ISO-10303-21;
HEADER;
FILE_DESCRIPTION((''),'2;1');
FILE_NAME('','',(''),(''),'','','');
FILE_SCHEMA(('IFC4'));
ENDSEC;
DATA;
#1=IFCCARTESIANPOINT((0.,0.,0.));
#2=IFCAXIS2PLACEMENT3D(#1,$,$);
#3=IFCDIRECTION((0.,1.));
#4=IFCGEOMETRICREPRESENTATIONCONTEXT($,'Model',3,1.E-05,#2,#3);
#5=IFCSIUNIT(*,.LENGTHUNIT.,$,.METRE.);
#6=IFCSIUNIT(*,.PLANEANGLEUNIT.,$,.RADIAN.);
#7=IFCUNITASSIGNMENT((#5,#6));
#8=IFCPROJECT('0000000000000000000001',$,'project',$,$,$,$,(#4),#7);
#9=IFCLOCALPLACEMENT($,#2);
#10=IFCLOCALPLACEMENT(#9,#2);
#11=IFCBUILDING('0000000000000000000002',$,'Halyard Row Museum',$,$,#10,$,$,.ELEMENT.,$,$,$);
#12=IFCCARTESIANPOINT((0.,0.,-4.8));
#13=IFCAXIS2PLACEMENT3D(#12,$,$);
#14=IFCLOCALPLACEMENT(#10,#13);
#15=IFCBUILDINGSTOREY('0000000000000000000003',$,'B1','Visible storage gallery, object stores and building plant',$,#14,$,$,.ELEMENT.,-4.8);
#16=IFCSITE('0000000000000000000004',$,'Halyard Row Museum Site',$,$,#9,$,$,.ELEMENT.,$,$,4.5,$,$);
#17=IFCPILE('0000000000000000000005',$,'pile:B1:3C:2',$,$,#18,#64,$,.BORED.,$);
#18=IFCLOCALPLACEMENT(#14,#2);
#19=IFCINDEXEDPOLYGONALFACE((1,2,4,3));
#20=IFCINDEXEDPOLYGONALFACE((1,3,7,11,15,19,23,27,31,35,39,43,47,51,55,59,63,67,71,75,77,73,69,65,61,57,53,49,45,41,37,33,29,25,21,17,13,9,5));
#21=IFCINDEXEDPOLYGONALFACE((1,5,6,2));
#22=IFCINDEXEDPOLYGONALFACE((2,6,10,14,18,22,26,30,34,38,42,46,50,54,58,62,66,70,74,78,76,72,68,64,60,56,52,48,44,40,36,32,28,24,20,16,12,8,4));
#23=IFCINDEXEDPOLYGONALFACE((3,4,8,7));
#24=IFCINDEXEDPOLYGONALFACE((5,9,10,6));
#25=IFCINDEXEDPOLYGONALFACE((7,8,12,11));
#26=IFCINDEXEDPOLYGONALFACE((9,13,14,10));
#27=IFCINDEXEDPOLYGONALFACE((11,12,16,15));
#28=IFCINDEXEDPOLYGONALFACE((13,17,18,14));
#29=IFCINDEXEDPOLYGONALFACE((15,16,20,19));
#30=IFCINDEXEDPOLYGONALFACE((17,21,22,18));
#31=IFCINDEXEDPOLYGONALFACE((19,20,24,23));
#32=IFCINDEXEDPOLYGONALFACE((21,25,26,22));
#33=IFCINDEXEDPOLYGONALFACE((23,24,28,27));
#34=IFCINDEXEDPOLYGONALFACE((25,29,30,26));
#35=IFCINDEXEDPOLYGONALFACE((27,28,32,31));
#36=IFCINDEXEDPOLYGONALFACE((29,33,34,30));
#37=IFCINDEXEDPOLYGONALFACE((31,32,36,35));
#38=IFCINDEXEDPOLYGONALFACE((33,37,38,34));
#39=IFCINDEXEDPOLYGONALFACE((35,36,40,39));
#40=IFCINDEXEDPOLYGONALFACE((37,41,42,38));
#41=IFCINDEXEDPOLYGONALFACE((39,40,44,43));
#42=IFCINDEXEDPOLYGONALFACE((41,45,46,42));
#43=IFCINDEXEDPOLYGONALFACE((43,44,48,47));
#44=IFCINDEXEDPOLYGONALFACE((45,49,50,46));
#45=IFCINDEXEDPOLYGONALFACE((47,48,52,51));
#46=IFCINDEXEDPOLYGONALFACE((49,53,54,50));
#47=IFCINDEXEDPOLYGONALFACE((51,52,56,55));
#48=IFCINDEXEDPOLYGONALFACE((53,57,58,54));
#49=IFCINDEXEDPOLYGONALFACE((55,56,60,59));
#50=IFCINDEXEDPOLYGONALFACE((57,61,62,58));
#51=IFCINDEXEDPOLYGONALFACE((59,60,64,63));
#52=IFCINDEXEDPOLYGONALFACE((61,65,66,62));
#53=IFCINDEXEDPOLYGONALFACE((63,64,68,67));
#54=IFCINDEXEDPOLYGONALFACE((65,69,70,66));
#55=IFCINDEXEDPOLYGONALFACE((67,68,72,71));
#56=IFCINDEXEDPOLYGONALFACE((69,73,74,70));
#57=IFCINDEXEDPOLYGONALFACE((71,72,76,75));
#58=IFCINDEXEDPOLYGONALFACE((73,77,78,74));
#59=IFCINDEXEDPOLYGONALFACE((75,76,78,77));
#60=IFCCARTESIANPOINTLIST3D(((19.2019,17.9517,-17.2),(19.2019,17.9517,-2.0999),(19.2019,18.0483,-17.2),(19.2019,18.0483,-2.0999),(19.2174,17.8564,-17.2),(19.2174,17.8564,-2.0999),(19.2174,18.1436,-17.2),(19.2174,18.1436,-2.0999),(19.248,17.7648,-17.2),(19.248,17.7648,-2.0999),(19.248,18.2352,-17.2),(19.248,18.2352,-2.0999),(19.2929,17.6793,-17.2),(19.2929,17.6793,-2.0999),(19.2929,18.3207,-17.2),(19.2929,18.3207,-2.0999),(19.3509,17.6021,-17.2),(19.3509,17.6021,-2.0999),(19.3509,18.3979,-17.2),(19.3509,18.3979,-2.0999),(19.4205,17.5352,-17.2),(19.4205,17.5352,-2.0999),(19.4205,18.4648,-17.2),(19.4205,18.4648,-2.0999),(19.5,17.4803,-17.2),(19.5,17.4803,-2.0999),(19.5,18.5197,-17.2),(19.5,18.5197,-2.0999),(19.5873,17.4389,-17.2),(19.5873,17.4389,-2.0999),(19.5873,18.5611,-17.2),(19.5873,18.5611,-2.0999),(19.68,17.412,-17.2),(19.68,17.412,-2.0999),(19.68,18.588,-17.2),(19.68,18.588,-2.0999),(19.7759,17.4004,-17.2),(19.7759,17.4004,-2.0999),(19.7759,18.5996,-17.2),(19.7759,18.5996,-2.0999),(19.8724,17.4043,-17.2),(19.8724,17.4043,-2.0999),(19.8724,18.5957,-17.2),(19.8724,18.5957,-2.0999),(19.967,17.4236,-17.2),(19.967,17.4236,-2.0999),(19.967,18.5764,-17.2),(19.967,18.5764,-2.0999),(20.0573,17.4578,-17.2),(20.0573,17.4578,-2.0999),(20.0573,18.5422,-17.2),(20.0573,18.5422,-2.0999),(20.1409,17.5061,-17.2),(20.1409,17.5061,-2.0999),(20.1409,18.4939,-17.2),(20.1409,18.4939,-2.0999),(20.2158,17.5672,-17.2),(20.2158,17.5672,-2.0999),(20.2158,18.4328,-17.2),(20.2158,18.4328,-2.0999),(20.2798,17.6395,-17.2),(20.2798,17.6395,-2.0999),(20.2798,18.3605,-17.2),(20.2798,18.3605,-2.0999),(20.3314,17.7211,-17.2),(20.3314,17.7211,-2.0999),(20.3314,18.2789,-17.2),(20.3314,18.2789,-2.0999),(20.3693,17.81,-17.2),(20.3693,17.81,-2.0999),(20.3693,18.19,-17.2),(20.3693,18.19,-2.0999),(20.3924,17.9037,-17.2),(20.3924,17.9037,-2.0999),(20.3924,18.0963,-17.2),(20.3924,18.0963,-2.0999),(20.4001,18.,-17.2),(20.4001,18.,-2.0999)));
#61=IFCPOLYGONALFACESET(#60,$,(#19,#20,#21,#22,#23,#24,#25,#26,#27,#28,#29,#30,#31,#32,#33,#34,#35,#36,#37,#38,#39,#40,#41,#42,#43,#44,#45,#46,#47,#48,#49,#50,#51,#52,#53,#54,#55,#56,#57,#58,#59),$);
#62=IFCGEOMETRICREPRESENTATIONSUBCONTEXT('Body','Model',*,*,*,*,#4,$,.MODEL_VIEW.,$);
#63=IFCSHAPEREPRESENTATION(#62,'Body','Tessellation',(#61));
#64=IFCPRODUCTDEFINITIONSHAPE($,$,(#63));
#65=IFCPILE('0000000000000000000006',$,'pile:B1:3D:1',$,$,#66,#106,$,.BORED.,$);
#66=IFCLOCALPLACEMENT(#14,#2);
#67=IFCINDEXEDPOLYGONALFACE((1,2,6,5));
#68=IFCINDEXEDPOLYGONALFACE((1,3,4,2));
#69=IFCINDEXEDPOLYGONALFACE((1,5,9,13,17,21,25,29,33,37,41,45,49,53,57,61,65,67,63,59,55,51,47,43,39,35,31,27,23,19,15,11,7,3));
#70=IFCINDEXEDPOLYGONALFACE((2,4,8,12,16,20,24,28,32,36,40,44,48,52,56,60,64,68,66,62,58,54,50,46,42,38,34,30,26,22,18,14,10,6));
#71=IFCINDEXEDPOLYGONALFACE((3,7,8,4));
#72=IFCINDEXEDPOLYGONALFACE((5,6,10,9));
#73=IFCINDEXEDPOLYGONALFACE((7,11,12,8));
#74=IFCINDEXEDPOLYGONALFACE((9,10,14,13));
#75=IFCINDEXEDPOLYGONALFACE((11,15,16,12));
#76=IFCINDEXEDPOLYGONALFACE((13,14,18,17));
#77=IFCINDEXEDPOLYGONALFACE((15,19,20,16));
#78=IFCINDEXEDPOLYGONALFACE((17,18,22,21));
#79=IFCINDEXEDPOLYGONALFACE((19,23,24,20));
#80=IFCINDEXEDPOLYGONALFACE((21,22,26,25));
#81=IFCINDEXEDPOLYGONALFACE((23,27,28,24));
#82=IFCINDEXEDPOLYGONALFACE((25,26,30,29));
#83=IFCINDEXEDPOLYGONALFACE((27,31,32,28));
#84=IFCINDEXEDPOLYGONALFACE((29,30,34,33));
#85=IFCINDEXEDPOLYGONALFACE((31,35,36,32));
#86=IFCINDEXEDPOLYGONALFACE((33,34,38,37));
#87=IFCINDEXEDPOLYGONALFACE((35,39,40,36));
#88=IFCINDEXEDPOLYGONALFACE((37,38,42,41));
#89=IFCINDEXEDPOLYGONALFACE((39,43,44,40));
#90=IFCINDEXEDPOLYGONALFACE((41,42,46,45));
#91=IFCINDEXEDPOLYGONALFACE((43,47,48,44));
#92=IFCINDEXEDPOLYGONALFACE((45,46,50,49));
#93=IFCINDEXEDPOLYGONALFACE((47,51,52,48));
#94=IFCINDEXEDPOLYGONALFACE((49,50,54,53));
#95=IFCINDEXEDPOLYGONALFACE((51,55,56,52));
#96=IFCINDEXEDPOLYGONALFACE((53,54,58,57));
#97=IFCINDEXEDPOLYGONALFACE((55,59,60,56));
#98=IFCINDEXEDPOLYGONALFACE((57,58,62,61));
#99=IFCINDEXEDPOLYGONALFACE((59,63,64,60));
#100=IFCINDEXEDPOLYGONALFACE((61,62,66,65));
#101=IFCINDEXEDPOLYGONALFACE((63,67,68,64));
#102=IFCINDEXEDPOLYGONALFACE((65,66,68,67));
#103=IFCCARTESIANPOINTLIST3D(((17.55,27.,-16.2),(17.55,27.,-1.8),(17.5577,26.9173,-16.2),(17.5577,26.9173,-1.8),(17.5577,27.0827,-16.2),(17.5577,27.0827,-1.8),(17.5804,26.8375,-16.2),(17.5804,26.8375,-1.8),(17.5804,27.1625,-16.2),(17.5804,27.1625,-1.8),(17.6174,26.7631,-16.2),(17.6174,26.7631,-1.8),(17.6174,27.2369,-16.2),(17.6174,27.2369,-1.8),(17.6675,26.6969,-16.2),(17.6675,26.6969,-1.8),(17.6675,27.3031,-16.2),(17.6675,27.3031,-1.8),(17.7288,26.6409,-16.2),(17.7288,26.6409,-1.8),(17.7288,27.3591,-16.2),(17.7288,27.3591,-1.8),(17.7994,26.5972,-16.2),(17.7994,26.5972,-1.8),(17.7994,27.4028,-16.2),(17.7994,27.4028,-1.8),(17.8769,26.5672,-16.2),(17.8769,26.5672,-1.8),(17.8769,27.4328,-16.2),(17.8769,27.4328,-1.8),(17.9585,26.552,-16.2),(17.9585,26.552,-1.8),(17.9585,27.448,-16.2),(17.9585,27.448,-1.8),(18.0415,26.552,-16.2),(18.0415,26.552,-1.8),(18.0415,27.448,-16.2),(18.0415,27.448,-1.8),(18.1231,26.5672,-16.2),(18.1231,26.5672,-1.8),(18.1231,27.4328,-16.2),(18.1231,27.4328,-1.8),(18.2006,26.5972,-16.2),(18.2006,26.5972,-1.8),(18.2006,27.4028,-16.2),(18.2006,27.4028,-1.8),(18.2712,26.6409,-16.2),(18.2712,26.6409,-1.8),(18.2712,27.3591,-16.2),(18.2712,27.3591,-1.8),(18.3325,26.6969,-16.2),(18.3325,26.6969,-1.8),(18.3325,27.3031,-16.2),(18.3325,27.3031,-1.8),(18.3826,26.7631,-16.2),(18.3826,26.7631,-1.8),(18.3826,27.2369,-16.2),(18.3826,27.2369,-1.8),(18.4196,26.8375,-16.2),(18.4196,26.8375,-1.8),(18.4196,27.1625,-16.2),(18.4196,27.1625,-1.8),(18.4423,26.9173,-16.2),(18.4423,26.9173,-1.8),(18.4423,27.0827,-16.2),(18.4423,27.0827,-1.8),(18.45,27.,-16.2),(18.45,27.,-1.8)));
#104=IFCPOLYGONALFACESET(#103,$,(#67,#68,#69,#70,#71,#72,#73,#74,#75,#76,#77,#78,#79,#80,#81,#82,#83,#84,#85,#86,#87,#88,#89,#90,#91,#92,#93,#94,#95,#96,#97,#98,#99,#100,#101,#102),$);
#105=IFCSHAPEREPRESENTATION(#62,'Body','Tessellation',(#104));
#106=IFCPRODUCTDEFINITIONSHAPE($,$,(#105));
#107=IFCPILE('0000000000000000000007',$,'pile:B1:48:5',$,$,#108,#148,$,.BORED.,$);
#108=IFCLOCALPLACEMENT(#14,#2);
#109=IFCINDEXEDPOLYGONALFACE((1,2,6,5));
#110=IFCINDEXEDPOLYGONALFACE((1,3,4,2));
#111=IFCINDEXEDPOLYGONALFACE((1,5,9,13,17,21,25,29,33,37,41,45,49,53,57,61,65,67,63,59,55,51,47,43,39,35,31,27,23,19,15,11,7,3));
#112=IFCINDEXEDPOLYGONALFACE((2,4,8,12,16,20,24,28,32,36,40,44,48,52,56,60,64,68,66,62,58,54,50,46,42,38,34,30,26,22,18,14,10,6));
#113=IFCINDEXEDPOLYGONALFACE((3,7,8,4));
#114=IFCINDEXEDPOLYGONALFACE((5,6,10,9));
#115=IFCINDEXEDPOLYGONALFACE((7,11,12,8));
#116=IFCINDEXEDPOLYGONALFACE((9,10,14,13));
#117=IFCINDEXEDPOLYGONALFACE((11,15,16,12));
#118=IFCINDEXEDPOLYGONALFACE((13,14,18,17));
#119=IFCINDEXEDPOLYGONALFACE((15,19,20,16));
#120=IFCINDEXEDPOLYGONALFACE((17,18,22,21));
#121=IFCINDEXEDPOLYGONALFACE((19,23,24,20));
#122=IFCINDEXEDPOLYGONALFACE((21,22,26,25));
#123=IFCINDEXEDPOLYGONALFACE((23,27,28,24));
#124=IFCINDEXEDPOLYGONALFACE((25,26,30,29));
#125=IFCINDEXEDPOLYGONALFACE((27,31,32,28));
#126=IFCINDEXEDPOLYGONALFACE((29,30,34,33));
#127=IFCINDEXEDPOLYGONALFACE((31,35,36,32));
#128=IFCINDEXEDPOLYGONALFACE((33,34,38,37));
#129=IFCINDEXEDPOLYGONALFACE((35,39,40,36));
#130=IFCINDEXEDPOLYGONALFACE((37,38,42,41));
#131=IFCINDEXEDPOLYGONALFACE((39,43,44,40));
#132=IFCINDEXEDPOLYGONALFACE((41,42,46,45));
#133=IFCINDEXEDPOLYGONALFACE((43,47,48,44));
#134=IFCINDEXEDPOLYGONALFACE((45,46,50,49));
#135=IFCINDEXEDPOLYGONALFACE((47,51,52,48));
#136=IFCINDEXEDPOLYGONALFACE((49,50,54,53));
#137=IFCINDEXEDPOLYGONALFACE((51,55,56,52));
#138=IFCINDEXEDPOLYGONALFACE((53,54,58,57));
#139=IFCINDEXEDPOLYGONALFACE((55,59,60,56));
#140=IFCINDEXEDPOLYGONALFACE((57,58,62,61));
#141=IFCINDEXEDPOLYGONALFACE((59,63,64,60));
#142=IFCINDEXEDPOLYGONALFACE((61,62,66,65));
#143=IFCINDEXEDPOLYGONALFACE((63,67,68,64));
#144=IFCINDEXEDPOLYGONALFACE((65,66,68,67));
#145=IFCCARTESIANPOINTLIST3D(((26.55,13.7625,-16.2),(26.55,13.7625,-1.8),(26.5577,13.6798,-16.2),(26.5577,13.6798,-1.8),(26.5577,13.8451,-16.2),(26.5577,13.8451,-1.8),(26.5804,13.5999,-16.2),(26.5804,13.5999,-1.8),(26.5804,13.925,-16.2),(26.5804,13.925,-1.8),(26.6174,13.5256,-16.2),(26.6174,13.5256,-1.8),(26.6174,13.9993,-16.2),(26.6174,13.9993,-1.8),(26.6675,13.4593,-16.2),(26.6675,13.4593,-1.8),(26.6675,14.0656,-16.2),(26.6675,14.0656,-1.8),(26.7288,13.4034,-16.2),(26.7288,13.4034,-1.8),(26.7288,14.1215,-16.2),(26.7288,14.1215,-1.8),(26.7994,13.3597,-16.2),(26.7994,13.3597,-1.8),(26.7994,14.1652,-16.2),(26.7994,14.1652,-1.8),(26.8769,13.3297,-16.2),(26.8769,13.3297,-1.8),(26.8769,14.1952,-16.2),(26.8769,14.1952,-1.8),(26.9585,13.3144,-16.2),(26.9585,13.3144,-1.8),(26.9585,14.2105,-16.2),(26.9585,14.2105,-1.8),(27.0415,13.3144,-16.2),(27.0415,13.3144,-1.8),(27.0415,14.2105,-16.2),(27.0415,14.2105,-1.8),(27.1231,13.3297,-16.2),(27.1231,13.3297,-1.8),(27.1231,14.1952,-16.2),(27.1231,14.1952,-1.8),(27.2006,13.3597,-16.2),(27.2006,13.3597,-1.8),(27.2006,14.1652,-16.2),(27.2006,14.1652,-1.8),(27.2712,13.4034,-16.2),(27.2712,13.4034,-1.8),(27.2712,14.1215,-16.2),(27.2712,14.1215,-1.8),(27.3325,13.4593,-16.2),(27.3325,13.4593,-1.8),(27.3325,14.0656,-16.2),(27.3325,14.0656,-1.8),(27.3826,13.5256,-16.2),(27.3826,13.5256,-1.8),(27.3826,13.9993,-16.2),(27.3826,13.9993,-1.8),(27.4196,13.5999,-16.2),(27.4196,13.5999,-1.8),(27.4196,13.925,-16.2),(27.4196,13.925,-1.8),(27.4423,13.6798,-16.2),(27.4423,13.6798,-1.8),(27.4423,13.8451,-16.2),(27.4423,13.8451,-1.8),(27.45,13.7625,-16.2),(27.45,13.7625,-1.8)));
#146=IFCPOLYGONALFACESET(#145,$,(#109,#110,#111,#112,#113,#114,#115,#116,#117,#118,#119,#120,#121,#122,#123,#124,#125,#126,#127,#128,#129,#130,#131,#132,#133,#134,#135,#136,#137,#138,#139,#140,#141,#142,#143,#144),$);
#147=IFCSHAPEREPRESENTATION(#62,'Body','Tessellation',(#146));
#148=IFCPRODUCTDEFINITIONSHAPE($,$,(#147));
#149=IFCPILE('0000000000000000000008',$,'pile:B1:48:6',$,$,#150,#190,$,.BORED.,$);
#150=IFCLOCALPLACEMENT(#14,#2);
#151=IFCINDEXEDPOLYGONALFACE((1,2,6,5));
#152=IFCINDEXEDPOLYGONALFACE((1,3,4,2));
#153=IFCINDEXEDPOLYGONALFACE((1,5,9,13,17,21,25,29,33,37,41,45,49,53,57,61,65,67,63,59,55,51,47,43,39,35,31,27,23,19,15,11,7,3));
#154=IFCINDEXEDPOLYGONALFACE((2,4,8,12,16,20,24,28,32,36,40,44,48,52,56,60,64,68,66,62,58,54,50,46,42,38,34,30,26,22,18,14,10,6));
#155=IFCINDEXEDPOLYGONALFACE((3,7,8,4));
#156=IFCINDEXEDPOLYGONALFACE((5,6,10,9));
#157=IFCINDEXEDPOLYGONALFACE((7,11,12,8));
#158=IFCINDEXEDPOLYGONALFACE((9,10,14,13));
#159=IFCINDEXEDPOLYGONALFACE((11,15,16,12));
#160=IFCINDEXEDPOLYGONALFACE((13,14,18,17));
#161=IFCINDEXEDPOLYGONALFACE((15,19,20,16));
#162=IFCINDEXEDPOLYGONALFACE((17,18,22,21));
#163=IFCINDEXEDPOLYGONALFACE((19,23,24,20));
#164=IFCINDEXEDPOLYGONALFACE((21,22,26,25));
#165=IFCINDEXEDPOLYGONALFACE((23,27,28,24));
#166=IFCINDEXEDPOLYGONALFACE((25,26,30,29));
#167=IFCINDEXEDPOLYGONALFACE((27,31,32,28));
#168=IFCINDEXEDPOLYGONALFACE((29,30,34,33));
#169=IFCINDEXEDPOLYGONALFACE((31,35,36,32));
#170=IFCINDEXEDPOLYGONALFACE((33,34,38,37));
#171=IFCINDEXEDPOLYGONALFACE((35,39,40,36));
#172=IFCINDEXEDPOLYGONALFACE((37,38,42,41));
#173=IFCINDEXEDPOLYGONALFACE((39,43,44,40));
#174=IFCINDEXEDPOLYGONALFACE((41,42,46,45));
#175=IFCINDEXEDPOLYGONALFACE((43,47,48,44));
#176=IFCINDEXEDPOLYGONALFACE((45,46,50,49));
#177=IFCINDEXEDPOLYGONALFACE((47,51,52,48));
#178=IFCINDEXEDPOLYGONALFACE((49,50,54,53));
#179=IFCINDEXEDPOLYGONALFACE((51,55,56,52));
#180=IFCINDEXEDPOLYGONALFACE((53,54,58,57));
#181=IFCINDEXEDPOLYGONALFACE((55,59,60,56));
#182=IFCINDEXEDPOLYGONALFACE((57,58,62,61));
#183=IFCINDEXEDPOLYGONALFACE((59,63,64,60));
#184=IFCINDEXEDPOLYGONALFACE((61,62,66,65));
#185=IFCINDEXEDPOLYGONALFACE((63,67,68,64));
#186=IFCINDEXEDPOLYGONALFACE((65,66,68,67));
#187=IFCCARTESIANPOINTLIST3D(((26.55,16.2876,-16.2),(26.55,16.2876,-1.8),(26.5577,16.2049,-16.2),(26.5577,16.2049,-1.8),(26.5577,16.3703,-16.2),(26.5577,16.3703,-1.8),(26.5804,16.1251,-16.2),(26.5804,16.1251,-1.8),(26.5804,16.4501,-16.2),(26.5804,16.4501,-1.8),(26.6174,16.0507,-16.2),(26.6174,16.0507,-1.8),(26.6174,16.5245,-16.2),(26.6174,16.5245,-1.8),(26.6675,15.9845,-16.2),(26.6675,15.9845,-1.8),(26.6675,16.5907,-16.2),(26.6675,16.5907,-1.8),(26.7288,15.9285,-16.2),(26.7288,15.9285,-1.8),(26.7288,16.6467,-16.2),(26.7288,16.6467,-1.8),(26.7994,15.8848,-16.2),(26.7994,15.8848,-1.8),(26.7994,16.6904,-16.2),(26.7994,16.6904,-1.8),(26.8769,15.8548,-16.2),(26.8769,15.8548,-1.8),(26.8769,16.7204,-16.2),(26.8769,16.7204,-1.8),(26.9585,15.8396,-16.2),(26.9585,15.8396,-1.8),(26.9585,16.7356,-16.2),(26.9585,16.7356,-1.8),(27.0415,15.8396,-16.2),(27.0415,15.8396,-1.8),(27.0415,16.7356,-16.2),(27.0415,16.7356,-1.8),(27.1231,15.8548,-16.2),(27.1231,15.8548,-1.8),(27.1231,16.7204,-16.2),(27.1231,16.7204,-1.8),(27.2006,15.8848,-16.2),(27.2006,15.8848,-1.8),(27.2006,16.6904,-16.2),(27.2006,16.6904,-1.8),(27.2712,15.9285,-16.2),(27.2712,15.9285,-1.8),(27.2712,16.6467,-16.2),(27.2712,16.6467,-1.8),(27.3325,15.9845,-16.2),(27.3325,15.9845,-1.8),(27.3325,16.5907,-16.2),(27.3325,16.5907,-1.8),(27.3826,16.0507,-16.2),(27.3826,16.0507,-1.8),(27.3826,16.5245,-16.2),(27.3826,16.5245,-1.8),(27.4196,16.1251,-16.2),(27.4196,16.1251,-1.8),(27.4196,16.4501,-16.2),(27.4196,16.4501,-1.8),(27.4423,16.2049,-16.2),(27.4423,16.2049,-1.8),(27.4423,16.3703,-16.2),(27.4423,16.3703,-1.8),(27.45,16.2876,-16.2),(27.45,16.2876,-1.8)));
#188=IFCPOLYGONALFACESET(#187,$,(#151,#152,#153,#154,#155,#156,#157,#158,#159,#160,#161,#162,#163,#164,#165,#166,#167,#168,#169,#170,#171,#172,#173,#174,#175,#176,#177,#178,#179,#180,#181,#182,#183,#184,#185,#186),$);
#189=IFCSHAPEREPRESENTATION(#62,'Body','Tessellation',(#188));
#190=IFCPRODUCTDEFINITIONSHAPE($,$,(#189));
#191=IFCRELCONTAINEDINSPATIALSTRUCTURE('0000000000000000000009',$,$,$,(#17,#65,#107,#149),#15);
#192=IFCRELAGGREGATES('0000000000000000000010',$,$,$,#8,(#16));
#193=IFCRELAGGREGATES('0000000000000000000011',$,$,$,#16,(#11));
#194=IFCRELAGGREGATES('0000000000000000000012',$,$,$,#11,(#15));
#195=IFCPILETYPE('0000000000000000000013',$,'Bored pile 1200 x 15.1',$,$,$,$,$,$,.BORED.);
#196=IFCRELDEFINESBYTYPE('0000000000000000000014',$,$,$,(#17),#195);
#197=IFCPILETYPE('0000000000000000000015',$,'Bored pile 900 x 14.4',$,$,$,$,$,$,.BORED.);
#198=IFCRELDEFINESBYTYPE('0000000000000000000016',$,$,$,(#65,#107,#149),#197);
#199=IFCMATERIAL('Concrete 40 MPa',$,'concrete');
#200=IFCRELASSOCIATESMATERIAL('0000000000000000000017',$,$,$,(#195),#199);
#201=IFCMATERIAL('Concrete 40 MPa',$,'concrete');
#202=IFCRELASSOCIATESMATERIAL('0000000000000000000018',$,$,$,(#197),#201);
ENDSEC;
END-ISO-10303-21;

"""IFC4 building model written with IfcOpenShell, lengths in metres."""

from ifc_helpers import new_model, si_unit, direction, frame, origin, origin_2d, place, context, subcontext, project, spatial, circle, extrude, material, material_profile, profile_set, type_object, element, save


model = new_model("IFC4")

# Units and contexts
model_context = context("Model", 3, precision=1e-05, world=origin(), true_north=direction((0.0, 1.0)))
body_context = subcontext(model_context, "Body", "Model", "MODEL_VIEW")
ifc_project = project(units=[si_unit("LENGTHUNIT", "METRE"), si_unit("PLANEANGLEUNIT", "RADIAN")], contexts=[model_context])

# Site, building, storey
site_placement = place(None, origin())
site = spatial("IfcSite", under=ifc_project, at=site_placement, Name="Halyard Row Museum Site", CompositionType="ELEMENT", RefElevation=4.5)
building_placement = place(site_placement, origin())
building = spatial("IfcBuilding", under=site, at=building_placement, Name="Halyard Row Museum", CompositionType="ELEMENT")
storey_placement = place(building_placement, frame((0.0, 0.0, -4.8)))
storey = spatial("IfcBuildingStorey", under=building, at=storey_placement, Name="B1", Description="Visible storage gallery, object stores and building plant", CompositionType="ELEMENT", Elevation=-4.8)

# Piles
ifc_material_1 = material(Name="Concrete 40 MPa", Category="concrete")
ifc_material_profile_1 = material_profile(ifc_material_1, circle(Radius=0.6001, at=origin_2d()), Name="Bored pile 1200 x 15.1")
ifc_profile_set_1 = profile_set([ifc_material_profile_1], Name="Concrete 40 MPa")
pile_type_1 = type_object("IfcPileType", Name="Bored pile 1200 x 15.1", PredefinedType="BORED", material=ifc_profile_set_1)
pile_1_placement = place(storey_placement, frame((19.8, 18.0, -2.0999), z_axis=(0.0, 0.0, -1.0), x_axis=(1.0, 0.0, 0.0)))
element("IfcPile", 1, at=pile_1_placement, inside=storey, type_object=pile_type_1, Name="pile:B1:3C:2", PredefinedType="BORED", context=body_context, shape_type="SweptSolid", body=[
    extrude(circle(Radius=0.6001, at=origin_2d()), origin(), (0.0, 0.0, 1.0), 15.1001),
])
ifc_material_2 = material(Name="Concrete 40 MPa", Category="concrete")
ifc_material_profile_2 = material_profile(ifc_material_2, circle(Radius=0.45, at=origin_2d()), Name="Bored pile 900 x 14.4")
ifc_profile_set_2 = profile_set([ifc_material_profile_2], Name="Concrete 40 MPa")
pile_type_2 = type_object("IfcPileType", Name="Bored pile 900 x 14.4", PredefinedType="BORED", material=ifc_profile_set_2)
for number, where, z_axis, x_axis, name in (
    (2, (18.0, 27.0, -1.8), (0.0, 0.0, -1.0), (1.0, 0.0, 0.0), "pile:B1:3D:1"),
    (3, (27.0, 13.7625, -1.8), (0.0, 0.0, -1.0), (1.0, 0.0, 0.0), "pile:B1:48:5"),
    (4, (27.0, 16.2876, -1.8), (0.0, 0.0, -1.0), (1.0, 0.0, 0.0), "pile:B1:48:6"),
):
    element("IfcPile", number, at=place(storey_placement, frame(where, z_axis=z_axis, x_axis=x_axis)), inside=storey, type_object=pile_type_2, Name=name, PredefinedType="BORED", context=body_context, shape_type="SweptSolid", body=[
        extrude(circle(Radius=0.45, at=origin_2d()), origin(), (0.0, 0.0, 1.0), 14.3999),
    ])

save(model, "model.ifc")
